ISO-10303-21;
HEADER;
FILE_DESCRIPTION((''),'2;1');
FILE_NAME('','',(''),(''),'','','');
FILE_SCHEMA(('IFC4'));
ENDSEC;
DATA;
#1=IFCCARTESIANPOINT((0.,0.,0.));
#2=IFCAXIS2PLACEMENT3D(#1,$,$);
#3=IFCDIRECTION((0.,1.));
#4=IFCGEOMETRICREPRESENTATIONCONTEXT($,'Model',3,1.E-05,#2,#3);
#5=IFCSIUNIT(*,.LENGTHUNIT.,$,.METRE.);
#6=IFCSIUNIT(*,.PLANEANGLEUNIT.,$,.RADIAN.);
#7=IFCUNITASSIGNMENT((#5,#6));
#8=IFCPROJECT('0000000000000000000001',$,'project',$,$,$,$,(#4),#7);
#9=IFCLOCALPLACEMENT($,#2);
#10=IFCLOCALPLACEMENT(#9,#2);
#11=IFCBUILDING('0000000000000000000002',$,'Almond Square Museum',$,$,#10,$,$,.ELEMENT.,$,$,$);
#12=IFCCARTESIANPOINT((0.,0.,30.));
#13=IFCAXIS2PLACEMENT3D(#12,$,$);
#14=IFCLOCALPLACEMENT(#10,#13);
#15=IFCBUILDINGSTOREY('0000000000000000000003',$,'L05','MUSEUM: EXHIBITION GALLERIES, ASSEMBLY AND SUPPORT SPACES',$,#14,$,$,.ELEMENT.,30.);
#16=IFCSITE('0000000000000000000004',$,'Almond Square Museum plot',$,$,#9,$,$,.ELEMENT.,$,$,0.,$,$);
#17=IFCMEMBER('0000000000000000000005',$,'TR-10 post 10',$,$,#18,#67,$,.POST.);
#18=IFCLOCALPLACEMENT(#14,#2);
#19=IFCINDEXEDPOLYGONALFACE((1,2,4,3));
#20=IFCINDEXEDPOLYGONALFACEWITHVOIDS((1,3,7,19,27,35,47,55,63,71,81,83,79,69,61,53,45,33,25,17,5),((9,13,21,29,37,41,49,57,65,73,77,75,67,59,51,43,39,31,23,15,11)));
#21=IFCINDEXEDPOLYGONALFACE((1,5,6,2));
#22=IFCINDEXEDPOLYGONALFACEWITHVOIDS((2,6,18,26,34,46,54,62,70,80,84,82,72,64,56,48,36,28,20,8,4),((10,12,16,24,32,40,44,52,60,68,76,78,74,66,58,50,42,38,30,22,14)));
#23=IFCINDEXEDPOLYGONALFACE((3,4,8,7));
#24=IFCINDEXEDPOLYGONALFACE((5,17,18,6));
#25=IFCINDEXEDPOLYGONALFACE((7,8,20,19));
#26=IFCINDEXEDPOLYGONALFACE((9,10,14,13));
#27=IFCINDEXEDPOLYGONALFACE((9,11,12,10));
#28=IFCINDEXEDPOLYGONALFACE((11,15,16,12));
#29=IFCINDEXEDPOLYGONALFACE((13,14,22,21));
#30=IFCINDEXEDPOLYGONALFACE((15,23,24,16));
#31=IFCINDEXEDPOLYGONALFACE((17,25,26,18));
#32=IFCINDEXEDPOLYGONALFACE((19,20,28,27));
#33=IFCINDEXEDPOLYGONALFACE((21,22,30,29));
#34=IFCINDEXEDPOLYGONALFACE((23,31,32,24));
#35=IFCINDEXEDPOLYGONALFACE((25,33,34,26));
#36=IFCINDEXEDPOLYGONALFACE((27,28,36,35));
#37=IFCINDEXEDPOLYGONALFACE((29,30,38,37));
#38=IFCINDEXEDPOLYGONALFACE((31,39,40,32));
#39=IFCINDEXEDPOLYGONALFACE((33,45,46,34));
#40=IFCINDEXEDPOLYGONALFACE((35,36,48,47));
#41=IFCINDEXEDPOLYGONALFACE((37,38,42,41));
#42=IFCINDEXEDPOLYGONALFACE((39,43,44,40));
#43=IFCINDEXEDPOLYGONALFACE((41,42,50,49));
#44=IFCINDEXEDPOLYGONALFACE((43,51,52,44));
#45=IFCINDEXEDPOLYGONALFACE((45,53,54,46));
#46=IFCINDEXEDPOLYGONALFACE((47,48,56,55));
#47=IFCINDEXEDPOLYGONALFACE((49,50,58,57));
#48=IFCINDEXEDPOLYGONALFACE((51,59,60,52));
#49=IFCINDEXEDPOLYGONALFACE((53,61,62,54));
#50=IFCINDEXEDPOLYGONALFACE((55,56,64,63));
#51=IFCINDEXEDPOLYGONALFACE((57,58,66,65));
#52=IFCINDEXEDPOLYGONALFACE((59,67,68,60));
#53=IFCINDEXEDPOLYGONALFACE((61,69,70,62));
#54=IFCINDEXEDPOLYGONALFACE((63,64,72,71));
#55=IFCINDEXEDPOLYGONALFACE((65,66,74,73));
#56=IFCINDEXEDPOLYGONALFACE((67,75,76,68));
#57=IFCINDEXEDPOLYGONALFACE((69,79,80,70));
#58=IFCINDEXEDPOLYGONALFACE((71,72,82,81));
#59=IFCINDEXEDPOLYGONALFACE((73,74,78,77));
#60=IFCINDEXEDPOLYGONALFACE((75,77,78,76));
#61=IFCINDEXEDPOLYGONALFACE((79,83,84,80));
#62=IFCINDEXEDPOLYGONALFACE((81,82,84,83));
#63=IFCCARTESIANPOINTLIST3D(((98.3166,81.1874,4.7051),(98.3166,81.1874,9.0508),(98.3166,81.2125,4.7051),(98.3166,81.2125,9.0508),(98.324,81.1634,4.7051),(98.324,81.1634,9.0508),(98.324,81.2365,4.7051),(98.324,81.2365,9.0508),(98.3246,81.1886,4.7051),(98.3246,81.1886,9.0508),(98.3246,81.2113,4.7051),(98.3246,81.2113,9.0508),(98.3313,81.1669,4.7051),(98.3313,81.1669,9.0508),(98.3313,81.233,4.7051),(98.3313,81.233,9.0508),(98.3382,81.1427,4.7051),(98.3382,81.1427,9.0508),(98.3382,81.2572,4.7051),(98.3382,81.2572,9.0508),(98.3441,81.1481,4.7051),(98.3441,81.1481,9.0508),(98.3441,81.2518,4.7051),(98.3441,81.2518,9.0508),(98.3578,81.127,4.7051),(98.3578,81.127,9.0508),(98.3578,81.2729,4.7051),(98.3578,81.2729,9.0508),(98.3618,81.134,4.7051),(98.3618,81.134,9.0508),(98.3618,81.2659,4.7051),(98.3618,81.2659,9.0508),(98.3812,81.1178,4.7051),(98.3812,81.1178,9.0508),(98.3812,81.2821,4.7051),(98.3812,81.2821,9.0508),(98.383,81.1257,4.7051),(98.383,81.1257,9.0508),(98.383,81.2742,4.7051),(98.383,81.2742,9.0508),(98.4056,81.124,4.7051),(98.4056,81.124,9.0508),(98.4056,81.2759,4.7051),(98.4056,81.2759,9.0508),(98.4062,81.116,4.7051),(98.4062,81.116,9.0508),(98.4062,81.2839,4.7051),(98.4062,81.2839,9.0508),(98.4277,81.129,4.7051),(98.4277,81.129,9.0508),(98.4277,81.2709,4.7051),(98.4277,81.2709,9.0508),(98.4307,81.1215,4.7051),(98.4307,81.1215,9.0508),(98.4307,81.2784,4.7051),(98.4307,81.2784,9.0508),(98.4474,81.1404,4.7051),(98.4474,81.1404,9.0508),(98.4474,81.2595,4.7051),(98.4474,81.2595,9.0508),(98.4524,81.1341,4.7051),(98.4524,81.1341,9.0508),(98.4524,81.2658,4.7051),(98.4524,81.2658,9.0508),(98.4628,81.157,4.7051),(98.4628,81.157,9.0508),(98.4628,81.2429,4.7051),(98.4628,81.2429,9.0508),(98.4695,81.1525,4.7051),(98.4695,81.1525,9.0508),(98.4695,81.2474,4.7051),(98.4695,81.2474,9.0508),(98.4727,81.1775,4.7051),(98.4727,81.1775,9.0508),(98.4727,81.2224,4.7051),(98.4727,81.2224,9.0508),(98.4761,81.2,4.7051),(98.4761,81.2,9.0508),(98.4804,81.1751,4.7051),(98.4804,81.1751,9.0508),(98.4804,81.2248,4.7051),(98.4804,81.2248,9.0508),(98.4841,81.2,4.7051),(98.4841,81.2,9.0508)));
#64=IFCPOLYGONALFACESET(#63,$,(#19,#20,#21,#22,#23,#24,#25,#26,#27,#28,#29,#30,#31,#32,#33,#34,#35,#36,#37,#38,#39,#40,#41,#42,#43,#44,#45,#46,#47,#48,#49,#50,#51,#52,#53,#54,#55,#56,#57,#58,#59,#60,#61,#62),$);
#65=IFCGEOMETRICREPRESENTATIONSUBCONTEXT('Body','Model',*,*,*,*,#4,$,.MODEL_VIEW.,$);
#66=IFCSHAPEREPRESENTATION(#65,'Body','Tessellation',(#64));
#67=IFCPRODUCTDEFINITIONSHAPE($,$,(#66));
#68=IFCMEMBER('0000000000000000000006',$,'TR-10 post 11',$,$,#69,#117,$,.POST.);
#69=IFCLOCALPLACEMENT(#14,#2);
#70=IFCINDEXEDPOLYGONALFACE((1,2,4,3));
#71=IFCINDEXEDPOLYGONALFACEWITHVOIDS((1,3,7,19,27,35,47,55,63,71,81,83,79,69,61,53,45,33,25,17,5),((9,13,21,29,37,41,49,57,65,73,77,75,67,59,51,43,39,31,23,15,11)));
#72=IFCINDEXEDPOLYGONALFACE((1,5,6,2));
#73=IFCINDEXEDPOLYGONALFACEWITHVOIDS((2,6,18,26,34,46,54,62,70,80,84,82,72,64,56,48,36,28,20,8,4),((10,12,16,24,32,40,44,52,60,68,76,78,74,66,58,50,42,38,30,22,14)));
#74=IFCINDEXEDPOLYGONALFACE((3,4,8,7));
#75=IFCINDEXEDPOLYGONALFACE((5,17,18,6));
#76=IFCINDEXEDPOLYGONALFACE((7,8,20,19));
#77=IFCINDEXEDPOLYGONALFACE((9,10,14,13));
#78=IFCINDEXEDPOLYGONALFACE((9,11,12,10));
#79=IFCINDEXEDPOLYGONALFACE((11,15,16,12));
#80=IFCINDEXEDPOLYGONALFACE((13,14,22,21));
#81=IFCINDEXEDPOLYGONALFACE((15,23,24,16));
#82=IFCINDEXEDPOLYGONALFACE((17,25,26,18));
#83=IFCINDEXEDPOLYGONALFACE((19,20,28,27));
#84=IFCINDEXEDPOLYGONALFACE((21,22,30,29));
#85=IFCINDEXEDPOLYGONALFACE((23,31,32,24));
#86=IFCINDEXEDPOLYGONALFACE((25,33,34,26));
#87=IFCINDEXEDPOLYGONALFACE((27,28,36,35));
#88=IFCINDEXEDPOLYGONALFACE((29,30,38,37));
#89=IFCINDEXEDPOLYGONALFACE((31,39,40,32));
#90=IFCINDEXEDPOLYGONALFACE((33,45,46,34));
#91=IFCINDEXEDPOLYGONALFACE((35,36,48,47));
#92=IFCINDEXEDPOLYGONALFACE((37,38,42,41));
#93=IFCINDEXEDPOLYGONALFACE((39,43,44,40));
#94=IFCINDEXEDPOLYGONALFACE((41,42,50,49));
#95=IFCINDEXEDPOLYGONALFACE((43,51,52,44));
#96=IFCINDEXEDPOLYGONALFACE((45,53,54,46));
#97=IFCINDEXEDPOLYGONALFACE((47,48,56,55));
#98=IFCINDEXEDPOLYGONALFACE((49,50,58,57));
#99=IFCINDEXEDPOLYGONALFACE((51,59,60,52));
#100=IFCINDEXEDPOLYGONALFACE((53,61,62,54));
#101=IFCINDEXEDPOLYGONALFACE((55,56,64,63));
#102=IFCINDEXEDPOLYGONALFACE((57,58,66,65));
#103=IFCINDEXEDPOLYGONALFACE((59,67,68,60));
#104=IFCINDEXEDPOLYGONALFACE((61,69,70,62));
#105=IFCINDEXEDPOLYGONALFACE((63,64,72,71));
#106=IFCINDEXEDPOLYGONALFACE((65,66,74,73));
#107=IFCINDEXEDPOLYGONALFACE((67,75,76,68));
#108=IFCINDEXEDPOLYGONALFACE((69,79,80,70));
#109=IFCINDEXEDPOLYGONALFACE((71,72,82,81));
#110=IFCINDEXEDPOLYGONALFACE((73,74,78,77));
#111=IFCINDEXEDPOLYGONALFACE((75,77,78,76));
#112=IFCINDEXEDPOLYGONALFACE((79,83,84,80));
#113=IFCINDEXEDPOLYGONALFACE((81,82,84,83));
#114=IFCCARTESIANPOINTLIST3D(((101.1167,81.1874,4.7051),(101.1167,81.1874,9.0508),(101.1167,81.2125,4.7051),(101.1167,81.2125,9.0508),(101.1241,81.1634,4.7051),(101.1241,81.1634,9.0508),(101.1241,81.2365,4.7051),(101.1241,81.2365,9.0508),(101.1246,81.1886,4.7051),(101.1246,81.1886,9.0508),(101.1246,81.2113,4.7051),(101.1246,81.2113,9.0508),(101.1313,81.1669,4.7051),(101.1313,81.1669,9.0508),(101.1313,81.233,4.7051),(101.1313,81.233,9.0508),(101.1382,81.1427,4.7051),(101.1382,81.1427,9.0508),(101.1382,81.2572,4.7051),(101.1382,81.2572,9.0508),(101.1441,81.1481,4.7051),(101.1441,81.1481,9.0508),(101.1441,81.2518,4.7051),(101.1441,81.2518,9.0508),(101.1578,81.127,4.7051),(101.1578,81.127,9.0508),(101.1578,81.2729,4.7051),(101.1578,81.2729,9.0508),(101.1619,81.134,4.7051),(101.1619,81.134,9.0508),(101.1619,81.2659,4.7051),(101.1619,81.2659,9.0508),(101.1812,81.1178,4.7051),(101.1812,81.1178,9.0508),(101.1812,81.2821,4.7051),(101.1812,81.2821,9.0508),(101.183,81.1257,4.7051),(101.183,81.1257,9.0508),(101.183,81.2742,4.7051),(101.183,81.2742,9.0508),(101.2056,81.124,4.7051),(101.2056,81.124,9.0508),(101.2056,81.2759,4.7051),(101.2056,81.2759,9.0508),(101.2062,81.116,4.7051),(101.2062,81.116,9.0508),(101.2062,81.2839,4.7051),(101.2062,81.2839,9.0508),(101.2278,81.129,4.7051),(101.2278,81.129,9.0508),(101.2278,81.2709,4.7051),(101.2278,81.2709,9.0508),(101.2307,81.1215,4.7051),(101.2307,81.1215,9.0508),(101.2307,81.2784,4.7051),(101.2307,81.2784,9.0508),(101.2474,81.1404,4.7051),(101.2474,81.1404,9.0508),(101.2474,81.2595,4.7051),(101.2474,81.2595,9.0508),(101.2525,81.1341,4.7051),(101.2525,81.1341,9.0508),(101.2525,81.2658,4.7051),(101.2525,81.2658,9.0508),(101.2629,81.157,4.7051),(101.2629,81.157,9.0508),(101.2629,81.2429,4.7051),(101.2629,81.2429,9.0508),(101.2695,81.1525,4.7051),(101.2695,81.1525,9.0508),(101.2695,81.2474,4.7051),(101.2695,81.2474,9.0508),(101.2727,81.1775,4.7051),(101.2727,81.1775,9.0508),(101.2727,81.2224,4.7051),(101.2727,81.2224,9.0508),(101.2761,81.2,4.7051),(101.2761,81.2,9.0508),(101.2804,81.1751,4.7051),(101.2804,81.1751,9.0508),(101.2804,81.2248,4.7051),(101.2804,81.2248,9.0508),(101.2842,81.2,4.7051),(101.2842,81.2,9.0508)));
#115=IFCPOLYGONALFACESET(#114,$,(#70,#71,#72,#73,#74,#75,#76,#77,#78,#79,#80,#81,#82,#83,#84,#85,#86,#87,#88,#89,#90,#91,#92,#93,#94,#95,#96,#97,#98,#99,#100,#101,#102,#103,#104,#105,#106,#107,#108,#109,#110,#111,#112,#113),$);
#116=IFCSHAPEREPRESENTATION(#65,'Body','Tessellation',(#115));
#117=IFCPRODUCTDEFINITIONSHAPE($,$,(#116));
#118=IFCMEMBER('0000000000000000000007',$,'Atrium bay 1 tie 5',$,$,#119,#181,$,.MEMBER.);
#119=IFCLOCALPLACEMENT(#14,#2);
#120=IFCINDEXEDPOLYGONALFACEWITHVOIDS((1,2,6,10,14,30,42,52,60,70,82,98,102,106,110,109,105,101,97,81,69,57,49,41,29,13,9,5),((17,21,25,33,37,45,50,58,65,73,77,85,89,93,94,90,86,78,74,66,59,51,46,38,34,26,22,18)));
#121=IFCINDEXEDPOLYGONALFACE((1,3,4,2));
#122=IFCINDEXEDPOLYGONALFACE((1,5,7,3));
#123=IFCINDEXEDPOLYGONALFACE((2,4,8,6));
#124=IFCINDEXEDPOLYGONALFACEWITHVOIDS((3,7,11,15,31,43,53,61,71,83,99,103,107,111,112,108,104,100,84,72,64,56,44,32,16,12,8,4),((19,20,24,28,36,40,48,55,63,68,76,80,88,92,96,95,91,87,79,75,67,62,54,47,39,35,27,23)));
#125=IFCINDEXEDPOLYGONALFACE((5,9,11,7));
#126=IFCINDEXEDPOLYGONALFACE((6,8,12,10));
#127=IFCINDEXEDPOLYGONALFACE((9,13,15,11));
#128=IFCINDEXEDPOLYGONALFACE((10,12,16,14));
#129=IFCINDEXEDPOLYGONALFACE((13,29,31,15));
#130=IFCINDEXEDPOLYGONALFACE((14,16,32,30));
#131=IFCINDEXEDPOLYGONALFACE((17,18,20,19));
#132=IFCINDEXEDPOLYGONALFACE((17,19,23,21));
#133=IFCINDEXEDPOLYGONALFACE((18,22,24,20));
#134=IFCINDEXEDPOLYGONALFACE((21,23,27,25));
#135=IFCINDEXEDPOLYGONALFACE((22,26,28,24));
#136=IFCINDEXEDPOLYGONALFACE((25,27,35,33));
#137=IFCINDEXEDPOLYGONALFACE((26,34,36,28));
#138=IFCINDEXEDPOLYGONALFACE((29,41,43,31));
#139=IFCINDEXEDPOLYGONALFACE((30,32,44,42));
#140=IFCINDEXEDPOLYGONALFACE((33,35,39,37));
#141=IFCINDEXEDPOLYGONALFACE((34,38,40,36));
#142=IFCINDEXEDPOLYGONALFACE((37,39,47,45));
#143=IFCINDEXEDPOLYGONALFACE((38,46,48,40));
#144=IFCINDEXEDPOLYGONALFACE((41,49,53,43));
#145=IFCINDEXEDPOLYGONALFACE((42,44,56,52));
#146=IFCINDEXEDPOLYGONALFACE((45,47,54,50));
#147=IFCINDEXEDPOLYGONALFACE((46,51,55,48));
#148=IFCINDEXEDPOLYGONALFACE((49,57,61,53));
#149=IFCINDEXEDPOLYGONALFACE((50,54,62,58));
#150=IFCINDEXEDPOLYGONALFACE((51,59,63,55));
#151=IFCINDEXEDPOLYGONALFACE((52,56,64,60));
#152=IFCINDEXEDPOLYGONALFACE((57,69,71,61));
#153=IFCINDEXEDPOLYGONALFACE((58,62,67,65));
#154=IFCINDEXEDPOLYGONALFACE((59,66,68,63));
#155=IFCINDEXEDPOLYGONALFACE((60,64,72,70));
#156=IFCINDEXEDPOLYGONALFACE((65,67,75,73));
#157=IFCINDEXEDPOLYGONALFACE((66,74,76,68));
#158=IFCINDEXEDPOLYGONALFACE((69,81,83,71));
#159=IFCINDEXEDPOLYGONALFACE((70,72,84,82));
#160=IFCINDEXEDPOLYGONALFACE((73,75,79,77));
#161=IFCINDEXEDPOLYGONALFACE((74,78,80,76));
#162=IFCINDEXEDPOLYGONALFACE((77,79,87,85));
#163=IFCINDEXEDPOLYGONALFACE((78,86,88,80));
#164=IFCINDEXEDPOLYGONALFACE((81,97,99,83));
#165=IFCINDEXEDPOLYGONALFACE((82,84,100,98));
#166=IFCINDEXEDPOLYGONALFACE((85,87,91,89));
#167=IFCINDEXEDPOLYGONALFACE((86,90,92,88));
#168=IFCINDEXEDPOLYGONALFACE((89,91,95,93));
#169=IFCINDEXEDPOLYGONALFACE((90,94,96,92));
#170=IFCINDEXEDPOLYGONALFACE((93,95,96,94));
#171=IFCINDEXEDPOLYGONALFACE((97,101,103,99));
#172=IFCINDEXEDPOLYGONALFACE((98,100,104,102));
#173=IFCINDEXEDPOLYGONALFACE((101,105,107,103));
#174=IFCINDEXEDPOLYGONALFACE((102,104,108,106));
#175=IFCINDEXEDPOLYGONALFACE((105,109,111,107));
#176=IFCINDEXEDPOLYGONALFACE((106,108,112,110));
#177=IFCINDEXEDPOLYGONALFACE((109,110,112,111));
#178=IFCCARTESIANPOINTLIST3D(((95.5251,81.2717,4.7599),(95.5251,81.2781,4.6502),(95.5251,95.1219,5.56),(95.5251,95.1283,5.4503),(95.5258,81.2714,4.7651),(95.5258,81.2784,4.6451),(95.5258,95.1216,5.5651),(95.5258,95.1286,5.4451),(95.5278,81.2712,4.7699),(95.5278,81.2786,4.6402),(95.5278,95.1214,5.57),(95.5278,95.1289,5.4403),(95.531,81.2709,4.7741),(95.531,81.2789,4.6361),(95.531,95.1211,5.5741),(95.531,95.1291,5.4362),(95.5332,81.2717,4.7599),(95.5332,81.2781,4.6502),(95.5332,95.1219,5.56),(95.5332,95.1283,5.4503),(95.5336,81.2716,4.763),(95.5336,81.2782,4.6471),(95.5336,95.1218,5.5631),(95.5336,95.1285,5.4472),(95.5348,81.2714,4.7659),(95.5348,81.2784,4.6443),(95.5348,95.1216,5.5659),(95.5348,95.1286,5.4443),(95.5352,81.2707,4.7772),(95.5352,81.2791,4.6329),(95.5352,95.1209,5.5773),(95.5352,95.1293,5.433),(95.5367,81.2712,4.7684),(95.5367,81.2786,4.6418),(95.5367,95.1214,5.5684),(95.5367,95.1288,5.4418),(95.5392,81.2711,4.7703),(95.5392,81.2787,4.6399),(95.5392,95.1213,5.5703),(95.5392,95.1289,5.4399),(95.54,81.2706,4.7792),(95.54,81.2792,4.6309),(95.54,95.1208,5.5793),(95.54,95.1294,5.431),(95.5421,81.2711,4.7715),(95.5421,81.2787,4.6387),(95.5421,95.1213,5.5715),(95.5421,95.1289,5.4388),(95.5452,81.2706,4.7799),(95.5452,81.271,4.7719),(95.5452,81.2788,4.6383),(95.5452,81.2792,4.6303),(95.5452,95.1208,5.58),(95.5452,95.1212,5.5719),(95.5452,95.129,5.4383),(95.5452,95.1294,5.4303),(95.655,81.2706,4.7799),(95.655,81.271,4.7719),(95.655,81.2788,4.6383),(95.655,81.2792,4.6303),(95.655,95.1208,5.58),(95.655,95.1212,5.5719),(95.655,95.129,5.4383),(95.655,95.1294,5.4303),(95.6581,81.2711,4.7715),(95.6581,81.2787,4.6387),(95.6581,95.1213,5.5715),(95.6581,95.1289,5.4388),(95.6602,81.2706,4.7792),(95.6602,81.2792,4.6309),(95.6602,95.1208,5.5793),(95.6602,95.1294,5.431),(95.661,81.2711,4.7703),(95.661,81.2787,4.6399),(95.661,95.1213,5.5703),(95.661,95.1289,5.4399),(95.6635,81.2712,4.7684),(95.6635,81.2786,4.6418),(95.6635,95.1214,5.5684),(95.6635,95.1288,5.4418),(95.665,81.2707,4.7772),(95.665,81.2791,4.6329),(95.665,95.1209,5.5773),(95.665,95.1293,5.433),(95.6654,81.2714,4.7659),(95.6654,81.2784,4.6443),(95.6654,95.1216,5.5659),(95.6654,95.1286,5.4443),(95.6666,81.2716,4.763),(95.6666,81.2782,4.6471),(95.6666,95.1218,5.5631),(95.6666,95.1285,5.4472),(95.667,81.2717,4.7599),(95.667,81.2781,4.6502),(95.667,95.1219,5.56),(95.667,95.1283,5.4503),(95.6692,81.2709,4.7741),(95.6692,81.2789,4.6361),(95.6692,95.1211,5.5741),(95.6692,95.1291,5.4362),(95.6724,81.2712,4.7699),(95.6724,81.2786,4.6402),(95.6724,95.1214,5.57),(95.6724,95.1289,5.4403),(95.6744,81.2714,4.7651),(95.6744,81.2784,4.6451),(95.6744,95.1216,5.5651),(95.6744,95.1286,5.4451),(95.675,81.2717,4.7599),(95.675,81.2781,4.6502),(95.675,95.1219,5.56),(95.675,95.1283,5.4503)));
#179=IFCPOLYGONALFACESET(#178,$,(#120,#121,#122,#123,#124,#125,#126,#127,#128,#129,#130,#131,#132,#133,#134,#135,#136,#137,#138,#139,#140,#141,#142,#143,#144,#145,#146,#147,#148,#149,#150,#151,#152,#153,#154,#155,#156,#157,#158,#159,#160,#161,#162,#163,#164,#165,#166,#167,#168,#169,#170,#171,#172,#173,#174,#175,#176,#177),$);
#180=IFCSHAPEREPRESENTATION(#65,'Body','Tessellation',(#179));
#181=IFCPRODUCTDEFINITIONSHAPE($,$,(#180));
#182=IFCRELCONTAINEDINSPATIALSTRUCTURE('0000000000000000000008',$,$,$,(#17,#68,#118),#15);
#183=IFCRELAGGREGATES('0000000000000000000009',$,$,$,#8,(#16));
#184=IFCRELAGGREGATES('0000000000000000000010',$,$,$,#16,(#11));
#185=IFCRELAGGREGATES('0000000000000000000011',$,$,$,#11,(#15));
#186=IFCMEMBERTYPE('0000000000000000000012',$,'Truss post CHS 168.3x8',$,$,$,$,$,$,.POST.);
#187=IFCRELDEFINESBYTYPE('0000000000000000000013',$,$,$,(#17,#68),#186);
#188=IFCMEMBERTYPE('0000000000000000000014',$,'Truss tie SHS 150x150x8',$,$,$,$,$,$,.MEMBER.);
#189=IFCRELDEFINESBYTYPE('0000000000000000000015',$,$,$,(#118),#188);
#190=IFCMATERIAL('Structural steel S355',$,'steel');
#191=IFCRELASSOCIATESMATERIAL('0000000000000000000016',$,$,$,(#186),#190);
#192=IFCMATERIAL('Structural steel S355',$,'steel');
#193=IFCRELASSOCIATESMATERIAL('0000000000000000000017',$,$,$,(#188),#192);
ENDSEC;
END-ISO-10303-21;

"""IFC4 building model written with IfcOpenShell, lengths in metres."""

from ifc_helpers import new_model, si_unit, direction, frame, origin, origin_2d, place, context, subcontext, project, spatial, hollow_rectangle, hollow_circle, extrude, material, material_profile, profile_set, type_object, element, save


model = new_model("IFC4")

# Units and contexts
model_context = context("Model", 3, precision=1e-05, world=origin(), true_north=direction((0.0, 1.0)))
body_context = subcontext(model_context, "Body", "Model", "MODEL_VIEW")
ifc_project = project(units=[si_unit("LENGTHUNIT", "METRE"), si_unit("PLANEANGLEUNIT", "RADIAN")], contexts=[model_context])

# Site, building, storey
site_placement = place(None, origin())
site = spatial("IfcSite", under=ifc_project, at=site_placement, Name="Almond Square Museum plot", CompositionType="ELEMENT", RefElevation=0.0)
building_placement = place(site_placement, origin())
building = spatial("IfcBuilding", under=site, at=building_placement, Name="Almond Square Museum", CompositionType="ELEMENT")
storey_placement = place(building_placement, frame((0.0, 0.0, 30.0)))
storey = spatial("IfcBuildingStorey", under=building, at=storey_placement, Name="L05", Description="MUSEUM: EXHIBITION GALLERIES, ASSEMBLY AND SUPPORT SPACES", CompositionType="ELEMENT", Elevation=30.0)

# Members
ifc_material_1 = material(Name="Structural steel S355", Category="steel")
ifc_material_profile_1 = material_profile(ifc_material_1, hollow_circle(Radius=0.0842, WallThickness=0.0081, at=origin_2d()))
ifc_profile_set_1 = profile_set([ifc_material_profile_1], Name="Structural steel S355")
member_type_1 = type_object("IfcMemberType", Name="Truss post CHS 168.3x8", PredefinedType="POST", material=ifc_profile_set_1)
for number, where, z_axis, x_axis, name in (
    (1, (98.3999, 81.2, 4.7051), (0.0, 0.0, 1.0), (1.0, 0.0, 0.0), "TR-10 post 10"),
    (2, (101.2, 81.2, 4.7051), (0.0, 0.0, 1.0), (1.0, 0.0, 0.0), "TR-10 post 11"),
):
    element("IfcMember", number, at=place(storey_placement, frame(where, z_axis=z_axis, x_axis=x_axis)), inside=storey, type_object=member_type_1, Name=name, PredefinedType="POST", context=body_context, shape_type="SweptSolid", body=[
        extrude(hollow_circle(Radius=0.0842, WallThickness=0.0081, at=origin_2d()), origin(), (0.0, 0.0, 1.0), 4.3457),
    ])
ifc_material_2 = material(Name="Structural steel S355", Category="steel")
ifc_material_profile_2 = material_profile(ifc_material_2, hollow_rectangle(XDim=0.1499, YDim=0.1499, WallThickness=0.0081, InnerFilletRadius=0.012, OuterFilletRadius=0.02, at=origin_2d()))
ifc_profile_set_2 = profile_set([ifc_material_profile_2], Name="Structural steel S355")
member_type_2 = type_object("IfcMemberType", Name="Truss tie SHS 150x150x8", PredefinedType="MEMBER", material=ifc_profile_set_2)
for number, where, z_axis, x_axis, name in (
    (3, (95.6001, 81.2749, 4.7051), (0.0, 0.998336, 0.057669), (-1.0, 0.0, 0.0), "Atrium bay 1 tie 5"),
):
    element("IfcMember", number, at=place(storey_placement, frame(where, z_axis=z_axis, x_axis=x_axis)), inside=storey, type_object=member_type_2, Name=name, PredefinedType="MEMBER", context=body_context, shape_type="SweptSolid", body=[
        extrude(hollow_rectangle(XDim=0.1499, YDim=0.1499, WallThickness=0.0081, InnerFilletRadius=0.012, OuterFilletRadius=0.02, at=origin_2d()), origin(), (0.0, 0.0, 1.0), 13.8733),
    ])

save(model, "model.ifc")
